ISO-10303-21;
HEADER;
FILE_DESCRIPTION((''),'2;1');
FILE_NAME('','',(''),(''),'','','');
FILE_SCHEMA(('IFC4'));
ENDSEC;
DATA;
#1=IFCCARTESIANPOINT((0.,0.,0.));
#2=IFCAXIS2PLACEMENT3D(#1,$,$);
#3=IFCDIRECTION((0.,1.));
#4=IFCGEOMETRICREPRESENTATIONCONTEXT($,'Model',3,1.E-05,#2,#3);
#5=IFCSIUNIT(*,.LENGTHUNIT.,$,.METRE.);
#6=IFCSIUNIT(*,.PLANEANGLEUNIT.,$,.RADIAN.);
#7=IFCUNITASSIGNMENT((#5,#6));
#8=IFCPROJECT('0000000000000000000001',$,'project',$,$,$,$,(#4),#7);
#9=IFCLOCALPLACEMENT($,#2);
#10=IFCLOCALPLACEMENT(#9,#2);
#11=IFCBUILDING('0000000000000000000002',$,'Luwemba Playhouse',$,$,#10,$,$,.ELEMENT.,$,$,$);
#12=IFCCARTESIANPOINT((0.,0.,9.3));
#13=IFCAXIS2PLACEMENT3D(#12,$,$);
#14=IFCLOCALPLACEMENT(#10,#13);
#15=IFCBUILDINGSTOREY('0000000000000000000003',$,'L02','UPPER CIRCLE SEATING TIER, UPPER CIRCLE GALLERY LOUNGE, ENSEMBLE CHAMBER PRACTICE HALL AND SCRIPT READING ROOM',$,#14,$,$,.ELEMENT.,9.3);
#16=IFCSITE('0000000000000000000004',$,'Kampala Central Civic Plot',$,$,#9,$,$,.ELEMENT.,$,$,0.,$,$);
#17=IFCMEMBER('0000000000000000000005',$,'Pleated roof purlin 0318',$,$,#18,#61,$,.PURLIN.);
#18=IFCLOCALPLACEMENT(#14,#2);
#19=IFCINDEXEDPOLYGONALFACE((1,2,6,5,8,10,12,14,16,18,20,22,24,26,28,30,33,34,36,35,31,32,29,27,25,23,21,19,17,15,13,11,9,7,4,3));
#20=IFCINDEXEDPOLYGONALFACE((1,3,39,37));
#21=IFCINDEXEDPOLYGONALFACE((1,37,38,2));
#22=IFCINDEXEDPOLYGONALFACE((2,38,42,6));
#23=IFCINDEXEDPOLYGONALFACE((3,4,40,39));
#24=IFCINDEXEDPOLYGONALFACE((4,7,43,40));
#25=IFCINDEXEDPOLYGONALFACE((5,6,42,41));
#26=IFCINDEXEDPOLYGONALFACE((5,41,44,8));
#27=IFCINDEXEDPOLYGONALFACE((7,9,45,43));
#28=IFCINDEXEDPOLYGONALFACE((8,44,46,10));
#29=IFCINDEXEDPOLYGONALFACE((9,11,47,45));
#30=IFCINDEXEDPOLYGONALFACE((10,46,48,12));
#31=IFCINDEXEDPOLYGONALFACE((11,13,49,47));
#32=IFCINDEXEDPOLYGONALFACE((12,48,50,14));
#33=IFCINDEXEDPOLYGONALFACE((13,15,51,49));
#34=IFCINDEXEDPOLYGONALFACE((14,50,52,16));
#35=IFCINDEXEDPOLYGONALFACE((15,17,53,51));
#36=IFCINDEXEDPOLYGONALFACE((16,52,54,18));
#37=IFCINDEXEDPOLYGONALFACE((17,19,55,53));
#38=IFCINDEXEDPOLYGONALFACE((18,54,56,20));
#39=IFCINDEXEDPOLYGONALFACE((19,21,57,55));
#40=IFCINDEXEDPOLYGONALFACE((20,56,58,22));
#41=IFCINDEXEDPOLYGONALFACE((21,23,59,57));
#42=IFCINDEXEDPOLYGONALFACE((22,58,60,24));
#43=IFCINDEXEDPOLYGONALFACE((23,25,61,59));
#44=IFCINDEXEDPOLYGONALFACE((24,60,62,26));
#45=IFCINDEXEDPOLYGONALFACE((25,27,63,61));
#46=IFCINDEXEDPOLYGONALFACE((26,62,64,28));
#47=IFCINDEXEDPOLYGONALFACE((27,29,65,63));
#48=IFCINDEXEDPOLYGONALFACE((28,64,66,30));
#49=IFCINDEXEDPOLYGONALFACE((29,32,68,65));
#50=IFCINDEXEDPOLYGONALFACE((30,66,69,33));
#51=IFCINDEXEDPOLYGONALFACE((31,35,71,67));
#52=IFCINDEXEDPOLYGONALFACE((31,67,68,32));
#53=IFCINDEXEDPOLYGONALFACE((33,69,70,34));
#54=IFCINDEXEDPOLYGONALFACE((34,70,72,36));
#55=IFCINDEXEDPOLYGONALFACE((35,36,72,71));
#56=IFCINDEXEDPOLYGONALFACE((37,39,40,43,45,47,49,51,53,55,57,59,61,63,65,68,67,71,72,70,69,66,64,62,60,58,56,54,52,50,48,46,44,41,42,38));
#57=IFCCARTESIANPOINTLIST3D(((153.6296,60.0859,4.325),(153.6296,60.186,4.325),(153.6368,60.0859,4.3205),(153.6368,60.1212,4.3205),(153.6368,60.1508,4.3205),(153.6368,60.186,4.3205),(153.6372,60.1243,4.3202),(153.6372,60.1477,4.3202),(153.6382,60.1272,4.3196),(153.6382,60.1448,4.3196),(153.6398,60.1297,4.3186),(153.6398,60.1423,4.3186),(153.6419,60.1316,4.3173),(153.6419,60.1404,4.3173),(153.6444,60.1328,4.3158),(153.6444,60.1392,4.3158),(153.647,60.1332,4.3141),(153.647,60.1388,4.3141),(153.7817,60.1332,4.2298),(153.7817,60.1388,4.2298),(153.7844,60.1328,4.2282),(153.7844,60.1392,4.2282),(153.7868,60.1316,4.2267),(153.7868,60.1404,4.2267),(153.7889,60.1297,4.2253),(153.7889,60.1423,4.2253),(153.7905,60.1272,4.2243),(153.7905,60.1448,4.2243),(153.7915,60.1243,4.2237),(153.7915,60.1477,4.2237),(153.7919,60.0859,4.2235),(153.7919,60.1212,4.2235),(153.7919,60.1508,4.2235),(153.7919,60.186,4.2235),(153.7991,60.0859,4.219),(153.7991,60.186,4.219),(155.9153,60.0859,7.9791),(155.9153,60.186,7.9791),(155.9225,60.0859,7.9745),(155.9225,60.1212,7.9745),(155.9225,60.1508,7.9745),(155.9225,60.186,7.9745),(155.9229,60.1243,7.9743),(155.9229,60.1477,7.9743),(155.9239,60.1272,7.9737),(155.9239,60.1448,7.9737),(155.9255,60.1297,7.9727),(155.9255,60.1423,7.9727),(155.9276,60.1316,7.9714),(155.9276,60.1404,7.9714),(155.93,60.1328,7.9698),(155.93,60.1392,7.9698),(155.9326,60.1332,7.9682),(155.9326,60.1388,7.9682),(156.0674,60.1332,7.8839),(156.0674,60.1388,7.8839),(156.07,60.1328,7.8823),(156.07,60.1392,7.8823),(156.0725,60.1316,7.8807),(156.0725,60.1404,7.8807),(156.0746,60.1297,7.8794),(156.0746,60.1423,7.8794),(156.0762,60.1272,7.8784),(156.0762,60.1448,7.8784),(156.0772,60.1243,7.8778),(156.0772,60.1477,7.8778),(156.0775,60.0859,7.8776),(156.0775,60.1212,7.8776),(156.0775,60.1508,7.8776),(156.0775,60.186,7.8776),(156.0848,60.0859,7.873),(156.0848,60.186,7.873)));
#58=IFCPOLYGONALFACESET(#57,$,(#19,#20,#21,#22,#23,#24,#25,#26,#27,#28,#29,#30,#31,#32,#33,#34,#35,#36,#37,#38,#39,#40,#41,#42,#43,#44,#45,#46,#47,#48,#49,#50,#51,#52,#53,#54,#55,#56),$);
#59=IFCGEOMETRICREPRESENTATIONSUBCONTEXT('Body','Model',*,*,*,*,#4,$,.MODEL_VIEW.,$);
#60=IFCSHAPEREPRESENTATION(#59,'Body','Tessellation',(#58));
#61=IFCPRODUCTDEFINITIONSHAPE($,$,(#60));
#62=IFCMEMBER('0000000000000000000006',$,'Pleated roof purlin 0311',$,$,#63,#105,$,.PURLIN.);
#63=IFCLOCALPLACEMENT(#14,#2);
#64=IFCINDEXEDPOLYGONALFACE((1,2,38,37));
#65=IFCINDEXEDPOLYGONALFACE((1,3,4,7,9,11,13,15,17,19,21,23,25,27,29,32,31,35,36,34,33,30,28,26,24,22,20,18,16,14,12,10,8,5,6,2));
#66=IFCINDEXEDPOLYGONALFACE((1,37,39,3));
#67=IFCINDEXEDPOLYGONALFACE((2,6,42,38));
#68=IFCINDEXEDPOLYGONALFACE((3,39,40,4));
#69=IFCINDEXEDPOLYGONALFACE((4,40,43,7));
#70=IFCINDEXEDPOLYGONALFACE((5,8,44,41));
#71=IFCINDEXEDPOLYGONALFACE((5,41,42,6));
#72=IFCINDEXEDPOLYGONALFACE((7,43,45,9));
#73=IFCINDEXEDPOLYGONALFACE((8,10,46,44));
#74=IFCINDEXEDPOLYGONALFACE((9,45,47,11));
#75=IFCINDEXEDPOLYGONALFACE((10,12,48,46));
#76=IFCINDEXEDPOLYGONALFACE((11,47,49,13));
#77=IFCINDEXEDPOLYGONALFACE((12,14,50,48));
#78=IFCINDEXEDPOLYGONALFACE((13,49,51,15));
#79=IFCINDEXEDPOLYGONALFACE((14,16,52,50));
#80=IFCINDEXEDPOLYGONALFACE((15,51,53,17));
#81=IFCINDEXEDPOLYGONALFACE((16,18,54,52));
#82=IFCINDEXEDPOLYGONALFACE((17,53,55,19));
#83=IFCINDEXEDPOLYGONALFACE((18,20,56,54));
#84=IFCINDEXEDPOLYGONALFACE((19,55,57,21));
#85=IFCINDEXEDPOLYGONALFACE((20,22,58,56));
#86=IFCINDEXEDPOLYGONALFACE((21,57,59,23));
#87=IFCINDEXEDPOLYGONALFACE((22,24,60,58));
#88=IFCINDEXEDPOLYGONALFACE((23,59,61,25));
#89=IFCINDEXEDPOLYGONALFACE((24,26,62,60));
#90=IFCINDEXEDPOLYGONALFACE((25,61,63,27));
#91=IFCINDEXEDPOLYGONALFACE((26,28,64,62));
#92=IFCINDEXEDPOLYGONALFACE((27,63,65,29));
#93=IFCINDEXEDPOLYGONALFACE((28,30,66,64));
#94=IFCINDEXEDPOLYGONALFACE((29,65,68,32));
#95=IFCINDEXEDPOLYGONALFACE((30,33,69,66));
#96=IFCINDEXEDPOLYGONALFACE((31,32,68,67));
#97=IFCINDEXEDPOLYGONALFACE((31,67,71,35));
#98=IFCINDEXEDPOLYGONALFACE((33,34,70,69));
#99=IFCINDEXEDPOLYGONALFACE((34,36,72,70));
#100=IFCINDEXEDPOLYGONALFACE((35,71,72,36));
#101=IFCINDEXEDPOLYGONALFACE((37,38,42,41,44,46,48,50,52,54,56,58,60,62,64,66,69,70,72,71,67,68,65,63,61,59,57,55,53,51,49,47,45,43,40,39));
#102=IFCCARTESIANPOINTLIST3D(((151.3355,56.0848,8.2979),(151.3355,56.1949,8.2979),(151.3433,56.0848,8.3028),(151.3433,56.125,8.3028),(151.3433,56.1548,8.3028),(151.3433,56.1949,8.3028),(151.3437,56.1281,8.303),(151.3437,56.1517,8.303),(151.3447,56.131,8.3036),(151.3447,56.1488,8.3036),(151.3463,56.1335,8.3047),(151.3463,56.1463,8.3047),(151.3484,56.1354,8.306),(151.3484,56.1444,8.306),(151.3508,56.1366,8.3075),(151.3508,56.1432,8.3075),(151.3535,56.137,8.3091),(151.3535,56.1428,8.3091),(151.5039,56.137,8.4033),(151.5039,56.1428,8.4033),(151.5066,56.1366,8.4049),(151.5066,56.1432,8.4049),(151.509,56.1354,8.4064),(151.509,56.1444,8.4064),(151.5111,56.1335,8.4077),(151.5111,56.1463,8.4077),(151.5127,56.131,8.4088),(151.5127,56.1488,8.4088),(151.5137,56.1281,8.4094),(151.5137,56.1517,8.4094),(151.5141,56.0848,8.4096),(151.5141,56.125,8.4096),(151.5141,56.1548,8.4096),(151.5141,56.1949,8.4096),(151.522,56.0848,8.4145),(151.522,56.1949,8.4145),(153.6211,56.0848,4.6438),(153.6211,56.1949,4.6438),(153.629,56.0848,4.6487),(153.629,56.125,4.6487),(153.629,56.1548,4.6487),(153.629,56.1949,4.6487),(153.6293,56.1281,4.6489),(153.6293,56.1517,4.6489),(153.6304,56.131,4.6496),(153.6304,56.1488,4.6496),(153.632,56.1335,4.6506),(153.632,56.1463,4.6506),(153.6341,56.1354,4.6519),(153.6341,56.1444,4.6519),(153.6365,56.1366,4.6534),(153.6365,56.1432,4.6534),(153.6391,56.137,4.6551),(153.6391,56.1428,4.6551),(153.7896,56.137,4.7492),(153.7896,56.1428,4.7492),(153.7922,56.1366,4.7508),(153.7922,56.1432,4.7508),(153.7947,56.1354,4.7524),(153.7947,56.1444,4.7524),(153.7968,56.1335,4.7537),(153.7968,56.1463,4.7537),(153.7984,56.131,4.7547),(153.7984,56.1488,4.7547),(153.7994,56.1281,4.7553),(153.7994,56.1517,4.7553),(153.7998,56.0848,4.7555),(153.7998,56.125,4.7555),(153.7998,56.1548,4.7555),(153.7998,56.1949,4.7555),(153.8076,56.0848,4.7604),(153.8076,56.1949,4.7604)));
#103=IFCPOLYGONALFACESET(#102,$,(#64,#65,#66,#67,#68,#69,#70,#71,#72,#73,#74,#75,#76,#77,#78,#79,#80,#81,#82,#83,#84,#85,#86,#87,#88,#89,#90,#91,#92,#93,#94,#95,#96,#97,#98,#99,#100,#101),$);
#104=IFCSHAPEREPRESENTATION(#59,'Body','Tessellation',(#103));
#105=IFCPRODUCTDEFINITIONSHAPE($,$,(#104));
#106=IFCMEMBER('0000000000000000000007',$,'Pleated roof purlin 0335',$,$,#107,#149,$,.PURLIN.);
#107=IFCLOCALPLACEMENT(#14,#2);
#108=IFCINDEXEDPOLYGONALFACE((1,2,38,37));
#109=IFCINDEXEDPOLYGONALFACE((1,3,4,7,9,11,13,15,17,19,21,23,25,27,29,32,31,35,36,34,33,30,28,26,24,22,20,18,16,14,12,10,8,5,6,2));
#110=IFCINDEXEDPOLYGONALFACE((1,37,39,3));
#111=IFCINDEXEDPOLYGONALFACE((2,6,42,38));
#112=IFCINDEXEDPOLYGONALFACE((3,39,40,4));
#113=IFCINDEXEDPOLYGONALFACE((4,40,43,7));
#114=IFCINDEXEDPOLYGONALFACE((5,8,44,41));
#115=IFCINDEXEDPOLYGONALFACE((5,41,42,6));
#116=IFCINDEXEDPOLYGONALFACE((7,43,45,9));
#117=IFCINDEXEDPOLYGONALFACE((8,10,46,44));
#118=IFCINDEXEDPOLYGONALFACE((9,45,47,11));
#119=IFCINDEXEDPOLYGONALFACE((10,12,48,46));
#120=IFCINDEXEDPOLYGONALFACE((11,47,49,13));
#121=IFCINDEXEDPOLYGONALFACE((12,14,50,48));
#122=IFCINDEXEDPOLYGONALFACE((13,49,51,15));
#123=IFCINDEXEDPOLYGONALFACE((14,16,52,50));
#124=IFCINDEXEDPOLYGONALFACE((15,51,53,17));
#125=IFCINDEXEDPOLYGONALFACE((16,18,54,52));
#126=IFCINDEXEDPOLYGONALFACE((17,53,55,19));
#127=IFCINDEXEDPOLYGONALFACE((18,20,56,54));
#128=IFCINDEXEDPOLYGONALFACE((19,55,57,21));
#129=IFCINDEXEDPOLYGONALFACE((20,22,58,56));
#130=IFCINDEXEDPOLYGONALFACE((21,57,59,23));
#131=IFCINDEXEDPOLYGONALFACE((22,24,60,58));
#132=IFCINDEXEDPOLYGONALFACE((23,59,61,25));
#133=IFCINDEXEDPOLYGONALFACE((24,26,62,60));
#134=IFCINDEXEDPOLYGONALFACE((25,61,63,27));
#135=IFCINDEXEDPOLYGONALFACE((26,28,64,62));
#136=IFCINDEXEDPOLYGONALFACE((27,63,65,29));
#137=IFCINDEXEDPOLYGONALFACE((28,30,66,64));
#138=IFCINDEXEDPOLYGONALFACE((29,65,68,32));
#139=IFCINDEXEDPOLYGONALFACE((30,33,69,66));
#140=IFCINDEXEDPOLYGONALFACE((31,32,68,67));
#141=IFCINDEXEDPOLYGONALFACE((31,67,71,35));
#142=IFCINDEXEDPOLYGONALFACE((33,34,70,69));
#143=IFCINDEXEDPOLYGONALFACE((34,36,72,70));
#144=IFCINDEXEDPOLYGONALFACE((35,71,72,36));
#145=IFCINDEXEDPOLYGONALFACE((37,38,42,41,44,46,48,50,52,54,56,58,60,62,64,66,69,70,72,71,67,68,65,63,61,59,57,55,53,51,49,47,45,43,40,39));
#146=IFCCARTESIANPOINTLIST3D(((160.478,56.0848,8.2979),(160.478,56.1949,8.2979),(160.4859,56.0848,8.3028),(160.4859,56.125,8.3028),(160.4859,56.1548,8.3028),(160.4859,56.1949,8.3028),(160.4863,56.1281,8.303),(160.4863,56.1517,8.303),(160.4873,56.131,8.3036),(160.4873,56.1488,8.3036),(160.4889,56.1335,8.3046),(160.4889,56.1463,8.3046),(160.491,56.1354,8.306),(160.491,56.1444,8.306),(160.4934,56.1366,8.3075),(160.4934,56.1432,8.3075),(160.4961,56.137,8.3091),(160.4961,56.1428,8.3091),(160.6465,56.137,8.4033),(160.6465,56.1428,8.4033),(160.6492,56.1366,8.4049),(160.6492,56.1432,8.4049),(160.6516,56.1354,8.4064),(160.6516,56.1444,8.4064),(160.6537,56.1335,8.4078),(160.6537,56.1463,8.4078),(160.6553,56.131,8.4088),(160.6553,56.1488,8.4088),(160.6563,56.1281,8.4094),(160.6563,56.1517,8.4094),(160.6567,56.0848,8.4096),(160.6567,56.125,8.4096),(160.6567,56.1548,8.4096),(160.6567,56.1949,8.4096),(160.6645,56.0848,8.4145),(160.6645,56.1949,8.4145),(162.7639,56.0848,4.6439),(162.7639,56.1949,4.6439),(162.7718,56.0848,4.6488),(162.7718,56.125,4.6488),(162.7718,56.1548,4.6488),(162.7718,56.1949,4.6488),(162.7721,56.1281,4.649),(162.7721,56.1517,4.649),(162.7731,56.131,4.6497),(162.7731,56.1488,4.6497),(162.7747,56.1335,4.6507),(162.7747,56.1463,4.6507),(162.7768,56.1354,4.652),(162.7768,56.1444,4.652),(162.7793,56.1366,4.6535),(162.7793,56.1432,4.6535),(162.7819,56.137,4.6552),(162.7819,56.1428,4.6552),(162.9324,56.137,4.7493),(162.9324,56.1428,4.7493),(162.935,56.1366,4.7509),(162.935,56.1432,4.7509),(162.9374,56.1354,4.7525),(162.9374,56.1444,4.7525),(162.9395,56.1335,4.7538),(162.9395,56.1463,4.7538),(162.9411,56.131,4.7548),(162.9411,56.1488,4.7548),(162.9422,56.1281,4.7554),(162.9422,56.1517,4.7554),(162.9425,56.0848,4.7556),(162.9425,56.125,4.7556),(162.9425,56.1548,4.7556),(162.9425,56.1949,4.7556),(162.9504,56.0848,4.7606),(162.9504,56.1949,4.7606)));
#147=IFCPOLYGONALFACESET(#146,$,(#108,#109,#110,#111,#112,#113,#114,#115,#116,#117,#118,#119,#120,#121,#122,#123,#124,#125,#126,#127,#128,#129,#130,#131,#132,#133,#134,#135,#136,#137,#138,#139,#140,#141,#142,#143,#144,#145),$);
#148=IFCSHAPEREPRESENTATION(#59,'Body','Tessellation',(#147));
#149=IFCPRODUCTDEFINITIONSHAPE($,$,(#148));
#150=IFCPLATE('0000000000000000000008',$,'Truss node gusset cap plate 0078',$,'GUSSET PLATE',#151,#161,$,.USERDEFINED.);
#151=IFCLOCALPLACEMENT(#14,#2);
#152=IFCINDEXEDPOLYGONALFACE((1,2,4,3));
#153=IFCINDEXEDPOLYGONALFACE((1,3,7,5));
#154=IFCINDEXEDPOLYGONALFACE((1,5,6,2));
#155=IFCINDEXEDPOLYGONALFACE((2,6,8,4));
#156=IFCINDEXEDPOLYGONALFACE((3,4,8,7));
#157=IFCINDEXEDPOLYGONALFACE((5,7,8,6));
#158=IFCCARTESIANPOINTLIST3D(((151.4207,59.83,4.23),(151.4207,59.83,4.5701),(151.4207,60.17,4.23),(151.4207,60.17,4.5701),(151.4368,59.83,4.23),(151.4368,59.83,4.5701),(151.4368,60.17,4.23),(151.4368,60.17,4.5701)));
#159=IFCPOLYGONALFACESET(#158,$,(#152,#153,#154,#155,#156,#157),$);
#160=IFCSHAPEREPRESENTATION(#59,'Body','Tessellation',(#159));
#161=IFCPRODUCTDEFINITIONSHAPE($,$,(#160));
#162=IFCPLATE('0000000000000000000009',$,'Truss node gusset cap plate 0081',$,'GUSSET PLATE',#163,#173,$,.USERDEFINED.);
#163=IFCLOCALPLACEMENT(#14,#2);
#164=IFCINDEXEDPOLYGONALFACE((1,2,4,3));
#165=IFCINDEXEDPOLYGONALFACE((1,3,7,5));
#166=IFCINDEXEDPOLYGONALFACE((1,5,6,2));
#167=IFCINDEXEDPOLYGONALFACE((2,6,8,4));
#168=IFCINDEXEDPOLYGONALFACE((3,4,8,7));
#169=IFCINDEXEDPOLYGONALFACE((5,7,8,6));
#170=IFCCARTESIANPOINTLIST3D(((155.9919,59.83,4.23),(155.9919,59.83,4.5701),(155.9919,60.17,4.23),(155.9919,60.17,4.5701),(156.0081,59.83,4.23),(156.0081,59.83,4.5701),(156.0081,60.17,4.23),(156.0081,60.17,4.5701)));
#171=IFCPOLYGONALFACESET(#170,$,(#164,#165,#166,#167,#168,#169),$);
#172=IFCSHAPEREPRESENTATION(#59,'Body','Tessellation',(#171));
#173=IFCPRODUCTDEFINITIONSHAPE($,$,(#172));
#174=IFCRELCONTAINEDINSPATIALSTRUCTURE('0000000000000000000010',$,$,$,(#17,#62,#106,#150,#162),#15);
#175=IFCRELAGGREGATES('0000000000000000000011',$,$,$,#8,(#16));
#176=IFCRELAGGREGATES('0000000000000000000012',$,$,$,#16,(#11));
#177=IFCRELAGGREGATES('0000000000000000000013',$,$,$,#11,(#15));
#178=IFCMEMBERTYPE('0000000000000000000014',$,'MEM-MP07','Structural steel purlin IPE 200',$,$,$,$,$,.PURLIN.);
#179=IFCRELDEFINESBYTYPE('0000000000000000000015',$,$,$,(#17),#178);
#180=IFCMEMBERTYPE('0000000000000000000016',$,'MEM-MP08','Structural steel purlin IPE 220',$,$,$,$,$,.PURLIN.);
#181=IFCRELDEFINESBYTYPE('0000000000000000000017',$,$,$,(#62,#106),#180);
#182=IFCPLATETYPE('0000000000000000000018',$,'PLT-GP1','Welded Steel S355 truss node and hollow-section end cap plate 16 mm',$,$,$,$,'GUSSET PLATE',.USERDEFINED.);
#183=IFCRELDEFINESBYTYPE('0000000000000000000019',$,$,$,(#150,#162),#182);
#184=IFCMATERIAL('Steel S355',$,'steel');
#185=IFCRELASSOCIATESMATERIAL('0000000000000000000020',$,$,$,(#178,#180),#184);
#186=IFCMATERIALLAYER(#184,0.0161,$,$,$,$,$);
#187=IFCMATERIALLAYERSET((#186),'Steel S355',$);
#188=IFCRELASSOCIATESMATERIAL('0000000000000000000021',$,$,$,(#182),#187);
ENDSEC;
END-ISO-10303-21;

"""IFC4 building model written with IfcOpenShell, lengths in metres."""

from ifc_helpers import new_model, si_unit, direction, frame, origin, origin_2d, place, context, subcontext, project, spatial, rectangle, i_section, extrude, material, layer, layer_set, material_profile, profile_set, type_object, element, save


model = new_model("IFC4")

# Units and contexts
model_context = context("Model", 3, precision=1e-05, world=origin(), true_north=direction((0.0, 1.0)))
body_context = subcontext(model_context, "Body", "Model", "MODEL_VIEW")
ifc_project = project(units=[si_unit("LENGTHUNIT", "METRE"), si_unit("PLANEANGLEUNIT", "RADIAN")], contexts=[model_context])

# Site, building, storey
site_placement = place(None, origin())
site = spatial("IfcSite", under=ifc_project, at=site_placement, Name="Kampala Central Civic Plot", CompositionType="ELEMENT", RefElevation=0.0)
building_placement = place(site_placement, origin())
building = spatial("IfcBuilding", under=site, at=building_placement, Name="Luwemba Playhouse", CompositionType="ELEMENT")
storey_placement = place(building_placement, frame((0.0, 0.0, 9.3)))
storey = spatial("IfcBuildingStorey", under=building, at=storey_placement, Name="L02", Description="UPPER CIRCLE SEATING TIER, UPPER CIRCLE GALLERY LOUNGE, ENSEMBLE CHAMBER PRACTICE HALL AND SCRIPT READING ROOM", CompositionType="ELEMENT", Elevation=9.3)

# Shared definitions
ifc_material_1 = material(Name="Steel S355", Category="steel")

# Members
ifc_material_profile_1 = material_profile(ifc_material_1, i_section(OverallWidth=0.1001, OverallDepth=0.2, WebThickness=0.0056, FlangeThickness=0.0085, FilletRadius=0.012, at=origin_2d()))
ifc_profile_set_1 = profile_set([ifc_material_profile_1], Name="Steel S355")
member_type_1 = type_object("IfcMemberType", Name="MEM-MP07", Description="Structural steel purlin IPE 200", PredefinedType="PURLIN", material=ifc_profile_set_1)
member_1_placement = place(storey_placement, frame((153.7144, 60.136, 4.272), z_axis=(0.530309, 0.0, 0.847804), x_axis=(0.0, 1.0, 0.0)))
element("IfcMember", 1, at=member_1_placement, inside=storey, type_object=member_type_1, Name="Pleated roof purlin 0318", PredefinedType="PURLIN", context=body_context, shape_type="SweptSolid", body=[
    extrude(i_section(OverallWidth=0.1001, OverallDepth=0.2, WebThickness=0.0056, FlangeThickness=0.0085, FilletRadius=0.012, at=origin_2d()), origin(), (0.0, 0.0, 1.0), 4.3101),
])
ifc_material_profile_2 = material_profile(ifc_material_1, i_section(OverallWidth=0.1101, OverallDepth=0.22, WebThickness=0.0059, FlangeThickness=0.0093, FilletRadius=0.012, at=origin_2d()))
ifc_profile_set_2 = profile_set([ifc_material_profile_2], Name="Steel S355")
member_type_2 = type_object("IfcMemberType", Name="MEM-MP08", Description="Structural steel purlin IPE 220", PredefinedType="PURLIN", material=ifc_profile_set_2)
for number, where, z_axis, x_axis, name in (
    (2, (151.4287, 56.1399, 8.3562), (0.530309, 0.0, -0.847804), (0.0, 1.0, 0.0), "Pleated roof purlin 0311"),
    (3, (160.5713, 56.1399, 8.3562), (0.53035, 0.0, -0.847779), (0.0, 1.0, 0.0), "Pleated roof purlin 0335"),
):
    element("IfcMember", number, at=place(storey_placement, frame(where, z_axis=z_axis, x_axis=x_axis)), inside=storey, type_object=member_type_2, Name=name, PredefinedType="PURLIN", context=body_context, shape_type="SweptSolid", body=[
        extrude(i_section(OverallWidth=0.1101, OverallDepth=0.22, WebThickness=0.0059, FlangeThickness=0.0093, FilletRadius=0.012, at=origin_2d()), origin(), (0.0, 0.0, 1.0), 4.3101),
    ])

# Plates
ifc_layer_1 = layer(ifc_material_1, 0.0161)
ifc_layer_set_1 = layer_set([ifc_layer_1], Name="Steel S355")
plate_type = type_object("IfcPlateType", Name="PLT-GP1", Description="Welded Steel S355 truss node and hollow-section end cap plate 16 mm", ElementType="GUSSET PLATE", PredefinedType="USERDEFINED", material=ifc_layer_set_1)
for number, where, z_axis, x_axis, name in (
    (4, (151.4287, 60.0, 4.23), (0.0, 0.0, 1.0), (1.0, 0.0, 0.0), "Truss node gusset cap plate 0078"),
    (5, (156.0, 60.0, 4.23), (0.0, 0.0, 1.0), (1.0, 0.0, 0.0), "Truss node gusset cap plate 0081"),
):
    element("IfcPlate", number, at=place(storey_placement, frame(where, z_axis=z_axis, x_axis=x_axis)), inside=storey, type_object=plate_type, Name=name, ObjectType="GUSSET PLATE", PredefinedType="USERDEFINED", context=body_context, shape_type="SweptSolid", body=[
        extrude(rectangle(XDim=0.0161, YDim=0.3401, at=origin_2d()), origin(), (0.0, 0.0, 1.0), 0.3401),
    ])

save(model, "model.ifc")
